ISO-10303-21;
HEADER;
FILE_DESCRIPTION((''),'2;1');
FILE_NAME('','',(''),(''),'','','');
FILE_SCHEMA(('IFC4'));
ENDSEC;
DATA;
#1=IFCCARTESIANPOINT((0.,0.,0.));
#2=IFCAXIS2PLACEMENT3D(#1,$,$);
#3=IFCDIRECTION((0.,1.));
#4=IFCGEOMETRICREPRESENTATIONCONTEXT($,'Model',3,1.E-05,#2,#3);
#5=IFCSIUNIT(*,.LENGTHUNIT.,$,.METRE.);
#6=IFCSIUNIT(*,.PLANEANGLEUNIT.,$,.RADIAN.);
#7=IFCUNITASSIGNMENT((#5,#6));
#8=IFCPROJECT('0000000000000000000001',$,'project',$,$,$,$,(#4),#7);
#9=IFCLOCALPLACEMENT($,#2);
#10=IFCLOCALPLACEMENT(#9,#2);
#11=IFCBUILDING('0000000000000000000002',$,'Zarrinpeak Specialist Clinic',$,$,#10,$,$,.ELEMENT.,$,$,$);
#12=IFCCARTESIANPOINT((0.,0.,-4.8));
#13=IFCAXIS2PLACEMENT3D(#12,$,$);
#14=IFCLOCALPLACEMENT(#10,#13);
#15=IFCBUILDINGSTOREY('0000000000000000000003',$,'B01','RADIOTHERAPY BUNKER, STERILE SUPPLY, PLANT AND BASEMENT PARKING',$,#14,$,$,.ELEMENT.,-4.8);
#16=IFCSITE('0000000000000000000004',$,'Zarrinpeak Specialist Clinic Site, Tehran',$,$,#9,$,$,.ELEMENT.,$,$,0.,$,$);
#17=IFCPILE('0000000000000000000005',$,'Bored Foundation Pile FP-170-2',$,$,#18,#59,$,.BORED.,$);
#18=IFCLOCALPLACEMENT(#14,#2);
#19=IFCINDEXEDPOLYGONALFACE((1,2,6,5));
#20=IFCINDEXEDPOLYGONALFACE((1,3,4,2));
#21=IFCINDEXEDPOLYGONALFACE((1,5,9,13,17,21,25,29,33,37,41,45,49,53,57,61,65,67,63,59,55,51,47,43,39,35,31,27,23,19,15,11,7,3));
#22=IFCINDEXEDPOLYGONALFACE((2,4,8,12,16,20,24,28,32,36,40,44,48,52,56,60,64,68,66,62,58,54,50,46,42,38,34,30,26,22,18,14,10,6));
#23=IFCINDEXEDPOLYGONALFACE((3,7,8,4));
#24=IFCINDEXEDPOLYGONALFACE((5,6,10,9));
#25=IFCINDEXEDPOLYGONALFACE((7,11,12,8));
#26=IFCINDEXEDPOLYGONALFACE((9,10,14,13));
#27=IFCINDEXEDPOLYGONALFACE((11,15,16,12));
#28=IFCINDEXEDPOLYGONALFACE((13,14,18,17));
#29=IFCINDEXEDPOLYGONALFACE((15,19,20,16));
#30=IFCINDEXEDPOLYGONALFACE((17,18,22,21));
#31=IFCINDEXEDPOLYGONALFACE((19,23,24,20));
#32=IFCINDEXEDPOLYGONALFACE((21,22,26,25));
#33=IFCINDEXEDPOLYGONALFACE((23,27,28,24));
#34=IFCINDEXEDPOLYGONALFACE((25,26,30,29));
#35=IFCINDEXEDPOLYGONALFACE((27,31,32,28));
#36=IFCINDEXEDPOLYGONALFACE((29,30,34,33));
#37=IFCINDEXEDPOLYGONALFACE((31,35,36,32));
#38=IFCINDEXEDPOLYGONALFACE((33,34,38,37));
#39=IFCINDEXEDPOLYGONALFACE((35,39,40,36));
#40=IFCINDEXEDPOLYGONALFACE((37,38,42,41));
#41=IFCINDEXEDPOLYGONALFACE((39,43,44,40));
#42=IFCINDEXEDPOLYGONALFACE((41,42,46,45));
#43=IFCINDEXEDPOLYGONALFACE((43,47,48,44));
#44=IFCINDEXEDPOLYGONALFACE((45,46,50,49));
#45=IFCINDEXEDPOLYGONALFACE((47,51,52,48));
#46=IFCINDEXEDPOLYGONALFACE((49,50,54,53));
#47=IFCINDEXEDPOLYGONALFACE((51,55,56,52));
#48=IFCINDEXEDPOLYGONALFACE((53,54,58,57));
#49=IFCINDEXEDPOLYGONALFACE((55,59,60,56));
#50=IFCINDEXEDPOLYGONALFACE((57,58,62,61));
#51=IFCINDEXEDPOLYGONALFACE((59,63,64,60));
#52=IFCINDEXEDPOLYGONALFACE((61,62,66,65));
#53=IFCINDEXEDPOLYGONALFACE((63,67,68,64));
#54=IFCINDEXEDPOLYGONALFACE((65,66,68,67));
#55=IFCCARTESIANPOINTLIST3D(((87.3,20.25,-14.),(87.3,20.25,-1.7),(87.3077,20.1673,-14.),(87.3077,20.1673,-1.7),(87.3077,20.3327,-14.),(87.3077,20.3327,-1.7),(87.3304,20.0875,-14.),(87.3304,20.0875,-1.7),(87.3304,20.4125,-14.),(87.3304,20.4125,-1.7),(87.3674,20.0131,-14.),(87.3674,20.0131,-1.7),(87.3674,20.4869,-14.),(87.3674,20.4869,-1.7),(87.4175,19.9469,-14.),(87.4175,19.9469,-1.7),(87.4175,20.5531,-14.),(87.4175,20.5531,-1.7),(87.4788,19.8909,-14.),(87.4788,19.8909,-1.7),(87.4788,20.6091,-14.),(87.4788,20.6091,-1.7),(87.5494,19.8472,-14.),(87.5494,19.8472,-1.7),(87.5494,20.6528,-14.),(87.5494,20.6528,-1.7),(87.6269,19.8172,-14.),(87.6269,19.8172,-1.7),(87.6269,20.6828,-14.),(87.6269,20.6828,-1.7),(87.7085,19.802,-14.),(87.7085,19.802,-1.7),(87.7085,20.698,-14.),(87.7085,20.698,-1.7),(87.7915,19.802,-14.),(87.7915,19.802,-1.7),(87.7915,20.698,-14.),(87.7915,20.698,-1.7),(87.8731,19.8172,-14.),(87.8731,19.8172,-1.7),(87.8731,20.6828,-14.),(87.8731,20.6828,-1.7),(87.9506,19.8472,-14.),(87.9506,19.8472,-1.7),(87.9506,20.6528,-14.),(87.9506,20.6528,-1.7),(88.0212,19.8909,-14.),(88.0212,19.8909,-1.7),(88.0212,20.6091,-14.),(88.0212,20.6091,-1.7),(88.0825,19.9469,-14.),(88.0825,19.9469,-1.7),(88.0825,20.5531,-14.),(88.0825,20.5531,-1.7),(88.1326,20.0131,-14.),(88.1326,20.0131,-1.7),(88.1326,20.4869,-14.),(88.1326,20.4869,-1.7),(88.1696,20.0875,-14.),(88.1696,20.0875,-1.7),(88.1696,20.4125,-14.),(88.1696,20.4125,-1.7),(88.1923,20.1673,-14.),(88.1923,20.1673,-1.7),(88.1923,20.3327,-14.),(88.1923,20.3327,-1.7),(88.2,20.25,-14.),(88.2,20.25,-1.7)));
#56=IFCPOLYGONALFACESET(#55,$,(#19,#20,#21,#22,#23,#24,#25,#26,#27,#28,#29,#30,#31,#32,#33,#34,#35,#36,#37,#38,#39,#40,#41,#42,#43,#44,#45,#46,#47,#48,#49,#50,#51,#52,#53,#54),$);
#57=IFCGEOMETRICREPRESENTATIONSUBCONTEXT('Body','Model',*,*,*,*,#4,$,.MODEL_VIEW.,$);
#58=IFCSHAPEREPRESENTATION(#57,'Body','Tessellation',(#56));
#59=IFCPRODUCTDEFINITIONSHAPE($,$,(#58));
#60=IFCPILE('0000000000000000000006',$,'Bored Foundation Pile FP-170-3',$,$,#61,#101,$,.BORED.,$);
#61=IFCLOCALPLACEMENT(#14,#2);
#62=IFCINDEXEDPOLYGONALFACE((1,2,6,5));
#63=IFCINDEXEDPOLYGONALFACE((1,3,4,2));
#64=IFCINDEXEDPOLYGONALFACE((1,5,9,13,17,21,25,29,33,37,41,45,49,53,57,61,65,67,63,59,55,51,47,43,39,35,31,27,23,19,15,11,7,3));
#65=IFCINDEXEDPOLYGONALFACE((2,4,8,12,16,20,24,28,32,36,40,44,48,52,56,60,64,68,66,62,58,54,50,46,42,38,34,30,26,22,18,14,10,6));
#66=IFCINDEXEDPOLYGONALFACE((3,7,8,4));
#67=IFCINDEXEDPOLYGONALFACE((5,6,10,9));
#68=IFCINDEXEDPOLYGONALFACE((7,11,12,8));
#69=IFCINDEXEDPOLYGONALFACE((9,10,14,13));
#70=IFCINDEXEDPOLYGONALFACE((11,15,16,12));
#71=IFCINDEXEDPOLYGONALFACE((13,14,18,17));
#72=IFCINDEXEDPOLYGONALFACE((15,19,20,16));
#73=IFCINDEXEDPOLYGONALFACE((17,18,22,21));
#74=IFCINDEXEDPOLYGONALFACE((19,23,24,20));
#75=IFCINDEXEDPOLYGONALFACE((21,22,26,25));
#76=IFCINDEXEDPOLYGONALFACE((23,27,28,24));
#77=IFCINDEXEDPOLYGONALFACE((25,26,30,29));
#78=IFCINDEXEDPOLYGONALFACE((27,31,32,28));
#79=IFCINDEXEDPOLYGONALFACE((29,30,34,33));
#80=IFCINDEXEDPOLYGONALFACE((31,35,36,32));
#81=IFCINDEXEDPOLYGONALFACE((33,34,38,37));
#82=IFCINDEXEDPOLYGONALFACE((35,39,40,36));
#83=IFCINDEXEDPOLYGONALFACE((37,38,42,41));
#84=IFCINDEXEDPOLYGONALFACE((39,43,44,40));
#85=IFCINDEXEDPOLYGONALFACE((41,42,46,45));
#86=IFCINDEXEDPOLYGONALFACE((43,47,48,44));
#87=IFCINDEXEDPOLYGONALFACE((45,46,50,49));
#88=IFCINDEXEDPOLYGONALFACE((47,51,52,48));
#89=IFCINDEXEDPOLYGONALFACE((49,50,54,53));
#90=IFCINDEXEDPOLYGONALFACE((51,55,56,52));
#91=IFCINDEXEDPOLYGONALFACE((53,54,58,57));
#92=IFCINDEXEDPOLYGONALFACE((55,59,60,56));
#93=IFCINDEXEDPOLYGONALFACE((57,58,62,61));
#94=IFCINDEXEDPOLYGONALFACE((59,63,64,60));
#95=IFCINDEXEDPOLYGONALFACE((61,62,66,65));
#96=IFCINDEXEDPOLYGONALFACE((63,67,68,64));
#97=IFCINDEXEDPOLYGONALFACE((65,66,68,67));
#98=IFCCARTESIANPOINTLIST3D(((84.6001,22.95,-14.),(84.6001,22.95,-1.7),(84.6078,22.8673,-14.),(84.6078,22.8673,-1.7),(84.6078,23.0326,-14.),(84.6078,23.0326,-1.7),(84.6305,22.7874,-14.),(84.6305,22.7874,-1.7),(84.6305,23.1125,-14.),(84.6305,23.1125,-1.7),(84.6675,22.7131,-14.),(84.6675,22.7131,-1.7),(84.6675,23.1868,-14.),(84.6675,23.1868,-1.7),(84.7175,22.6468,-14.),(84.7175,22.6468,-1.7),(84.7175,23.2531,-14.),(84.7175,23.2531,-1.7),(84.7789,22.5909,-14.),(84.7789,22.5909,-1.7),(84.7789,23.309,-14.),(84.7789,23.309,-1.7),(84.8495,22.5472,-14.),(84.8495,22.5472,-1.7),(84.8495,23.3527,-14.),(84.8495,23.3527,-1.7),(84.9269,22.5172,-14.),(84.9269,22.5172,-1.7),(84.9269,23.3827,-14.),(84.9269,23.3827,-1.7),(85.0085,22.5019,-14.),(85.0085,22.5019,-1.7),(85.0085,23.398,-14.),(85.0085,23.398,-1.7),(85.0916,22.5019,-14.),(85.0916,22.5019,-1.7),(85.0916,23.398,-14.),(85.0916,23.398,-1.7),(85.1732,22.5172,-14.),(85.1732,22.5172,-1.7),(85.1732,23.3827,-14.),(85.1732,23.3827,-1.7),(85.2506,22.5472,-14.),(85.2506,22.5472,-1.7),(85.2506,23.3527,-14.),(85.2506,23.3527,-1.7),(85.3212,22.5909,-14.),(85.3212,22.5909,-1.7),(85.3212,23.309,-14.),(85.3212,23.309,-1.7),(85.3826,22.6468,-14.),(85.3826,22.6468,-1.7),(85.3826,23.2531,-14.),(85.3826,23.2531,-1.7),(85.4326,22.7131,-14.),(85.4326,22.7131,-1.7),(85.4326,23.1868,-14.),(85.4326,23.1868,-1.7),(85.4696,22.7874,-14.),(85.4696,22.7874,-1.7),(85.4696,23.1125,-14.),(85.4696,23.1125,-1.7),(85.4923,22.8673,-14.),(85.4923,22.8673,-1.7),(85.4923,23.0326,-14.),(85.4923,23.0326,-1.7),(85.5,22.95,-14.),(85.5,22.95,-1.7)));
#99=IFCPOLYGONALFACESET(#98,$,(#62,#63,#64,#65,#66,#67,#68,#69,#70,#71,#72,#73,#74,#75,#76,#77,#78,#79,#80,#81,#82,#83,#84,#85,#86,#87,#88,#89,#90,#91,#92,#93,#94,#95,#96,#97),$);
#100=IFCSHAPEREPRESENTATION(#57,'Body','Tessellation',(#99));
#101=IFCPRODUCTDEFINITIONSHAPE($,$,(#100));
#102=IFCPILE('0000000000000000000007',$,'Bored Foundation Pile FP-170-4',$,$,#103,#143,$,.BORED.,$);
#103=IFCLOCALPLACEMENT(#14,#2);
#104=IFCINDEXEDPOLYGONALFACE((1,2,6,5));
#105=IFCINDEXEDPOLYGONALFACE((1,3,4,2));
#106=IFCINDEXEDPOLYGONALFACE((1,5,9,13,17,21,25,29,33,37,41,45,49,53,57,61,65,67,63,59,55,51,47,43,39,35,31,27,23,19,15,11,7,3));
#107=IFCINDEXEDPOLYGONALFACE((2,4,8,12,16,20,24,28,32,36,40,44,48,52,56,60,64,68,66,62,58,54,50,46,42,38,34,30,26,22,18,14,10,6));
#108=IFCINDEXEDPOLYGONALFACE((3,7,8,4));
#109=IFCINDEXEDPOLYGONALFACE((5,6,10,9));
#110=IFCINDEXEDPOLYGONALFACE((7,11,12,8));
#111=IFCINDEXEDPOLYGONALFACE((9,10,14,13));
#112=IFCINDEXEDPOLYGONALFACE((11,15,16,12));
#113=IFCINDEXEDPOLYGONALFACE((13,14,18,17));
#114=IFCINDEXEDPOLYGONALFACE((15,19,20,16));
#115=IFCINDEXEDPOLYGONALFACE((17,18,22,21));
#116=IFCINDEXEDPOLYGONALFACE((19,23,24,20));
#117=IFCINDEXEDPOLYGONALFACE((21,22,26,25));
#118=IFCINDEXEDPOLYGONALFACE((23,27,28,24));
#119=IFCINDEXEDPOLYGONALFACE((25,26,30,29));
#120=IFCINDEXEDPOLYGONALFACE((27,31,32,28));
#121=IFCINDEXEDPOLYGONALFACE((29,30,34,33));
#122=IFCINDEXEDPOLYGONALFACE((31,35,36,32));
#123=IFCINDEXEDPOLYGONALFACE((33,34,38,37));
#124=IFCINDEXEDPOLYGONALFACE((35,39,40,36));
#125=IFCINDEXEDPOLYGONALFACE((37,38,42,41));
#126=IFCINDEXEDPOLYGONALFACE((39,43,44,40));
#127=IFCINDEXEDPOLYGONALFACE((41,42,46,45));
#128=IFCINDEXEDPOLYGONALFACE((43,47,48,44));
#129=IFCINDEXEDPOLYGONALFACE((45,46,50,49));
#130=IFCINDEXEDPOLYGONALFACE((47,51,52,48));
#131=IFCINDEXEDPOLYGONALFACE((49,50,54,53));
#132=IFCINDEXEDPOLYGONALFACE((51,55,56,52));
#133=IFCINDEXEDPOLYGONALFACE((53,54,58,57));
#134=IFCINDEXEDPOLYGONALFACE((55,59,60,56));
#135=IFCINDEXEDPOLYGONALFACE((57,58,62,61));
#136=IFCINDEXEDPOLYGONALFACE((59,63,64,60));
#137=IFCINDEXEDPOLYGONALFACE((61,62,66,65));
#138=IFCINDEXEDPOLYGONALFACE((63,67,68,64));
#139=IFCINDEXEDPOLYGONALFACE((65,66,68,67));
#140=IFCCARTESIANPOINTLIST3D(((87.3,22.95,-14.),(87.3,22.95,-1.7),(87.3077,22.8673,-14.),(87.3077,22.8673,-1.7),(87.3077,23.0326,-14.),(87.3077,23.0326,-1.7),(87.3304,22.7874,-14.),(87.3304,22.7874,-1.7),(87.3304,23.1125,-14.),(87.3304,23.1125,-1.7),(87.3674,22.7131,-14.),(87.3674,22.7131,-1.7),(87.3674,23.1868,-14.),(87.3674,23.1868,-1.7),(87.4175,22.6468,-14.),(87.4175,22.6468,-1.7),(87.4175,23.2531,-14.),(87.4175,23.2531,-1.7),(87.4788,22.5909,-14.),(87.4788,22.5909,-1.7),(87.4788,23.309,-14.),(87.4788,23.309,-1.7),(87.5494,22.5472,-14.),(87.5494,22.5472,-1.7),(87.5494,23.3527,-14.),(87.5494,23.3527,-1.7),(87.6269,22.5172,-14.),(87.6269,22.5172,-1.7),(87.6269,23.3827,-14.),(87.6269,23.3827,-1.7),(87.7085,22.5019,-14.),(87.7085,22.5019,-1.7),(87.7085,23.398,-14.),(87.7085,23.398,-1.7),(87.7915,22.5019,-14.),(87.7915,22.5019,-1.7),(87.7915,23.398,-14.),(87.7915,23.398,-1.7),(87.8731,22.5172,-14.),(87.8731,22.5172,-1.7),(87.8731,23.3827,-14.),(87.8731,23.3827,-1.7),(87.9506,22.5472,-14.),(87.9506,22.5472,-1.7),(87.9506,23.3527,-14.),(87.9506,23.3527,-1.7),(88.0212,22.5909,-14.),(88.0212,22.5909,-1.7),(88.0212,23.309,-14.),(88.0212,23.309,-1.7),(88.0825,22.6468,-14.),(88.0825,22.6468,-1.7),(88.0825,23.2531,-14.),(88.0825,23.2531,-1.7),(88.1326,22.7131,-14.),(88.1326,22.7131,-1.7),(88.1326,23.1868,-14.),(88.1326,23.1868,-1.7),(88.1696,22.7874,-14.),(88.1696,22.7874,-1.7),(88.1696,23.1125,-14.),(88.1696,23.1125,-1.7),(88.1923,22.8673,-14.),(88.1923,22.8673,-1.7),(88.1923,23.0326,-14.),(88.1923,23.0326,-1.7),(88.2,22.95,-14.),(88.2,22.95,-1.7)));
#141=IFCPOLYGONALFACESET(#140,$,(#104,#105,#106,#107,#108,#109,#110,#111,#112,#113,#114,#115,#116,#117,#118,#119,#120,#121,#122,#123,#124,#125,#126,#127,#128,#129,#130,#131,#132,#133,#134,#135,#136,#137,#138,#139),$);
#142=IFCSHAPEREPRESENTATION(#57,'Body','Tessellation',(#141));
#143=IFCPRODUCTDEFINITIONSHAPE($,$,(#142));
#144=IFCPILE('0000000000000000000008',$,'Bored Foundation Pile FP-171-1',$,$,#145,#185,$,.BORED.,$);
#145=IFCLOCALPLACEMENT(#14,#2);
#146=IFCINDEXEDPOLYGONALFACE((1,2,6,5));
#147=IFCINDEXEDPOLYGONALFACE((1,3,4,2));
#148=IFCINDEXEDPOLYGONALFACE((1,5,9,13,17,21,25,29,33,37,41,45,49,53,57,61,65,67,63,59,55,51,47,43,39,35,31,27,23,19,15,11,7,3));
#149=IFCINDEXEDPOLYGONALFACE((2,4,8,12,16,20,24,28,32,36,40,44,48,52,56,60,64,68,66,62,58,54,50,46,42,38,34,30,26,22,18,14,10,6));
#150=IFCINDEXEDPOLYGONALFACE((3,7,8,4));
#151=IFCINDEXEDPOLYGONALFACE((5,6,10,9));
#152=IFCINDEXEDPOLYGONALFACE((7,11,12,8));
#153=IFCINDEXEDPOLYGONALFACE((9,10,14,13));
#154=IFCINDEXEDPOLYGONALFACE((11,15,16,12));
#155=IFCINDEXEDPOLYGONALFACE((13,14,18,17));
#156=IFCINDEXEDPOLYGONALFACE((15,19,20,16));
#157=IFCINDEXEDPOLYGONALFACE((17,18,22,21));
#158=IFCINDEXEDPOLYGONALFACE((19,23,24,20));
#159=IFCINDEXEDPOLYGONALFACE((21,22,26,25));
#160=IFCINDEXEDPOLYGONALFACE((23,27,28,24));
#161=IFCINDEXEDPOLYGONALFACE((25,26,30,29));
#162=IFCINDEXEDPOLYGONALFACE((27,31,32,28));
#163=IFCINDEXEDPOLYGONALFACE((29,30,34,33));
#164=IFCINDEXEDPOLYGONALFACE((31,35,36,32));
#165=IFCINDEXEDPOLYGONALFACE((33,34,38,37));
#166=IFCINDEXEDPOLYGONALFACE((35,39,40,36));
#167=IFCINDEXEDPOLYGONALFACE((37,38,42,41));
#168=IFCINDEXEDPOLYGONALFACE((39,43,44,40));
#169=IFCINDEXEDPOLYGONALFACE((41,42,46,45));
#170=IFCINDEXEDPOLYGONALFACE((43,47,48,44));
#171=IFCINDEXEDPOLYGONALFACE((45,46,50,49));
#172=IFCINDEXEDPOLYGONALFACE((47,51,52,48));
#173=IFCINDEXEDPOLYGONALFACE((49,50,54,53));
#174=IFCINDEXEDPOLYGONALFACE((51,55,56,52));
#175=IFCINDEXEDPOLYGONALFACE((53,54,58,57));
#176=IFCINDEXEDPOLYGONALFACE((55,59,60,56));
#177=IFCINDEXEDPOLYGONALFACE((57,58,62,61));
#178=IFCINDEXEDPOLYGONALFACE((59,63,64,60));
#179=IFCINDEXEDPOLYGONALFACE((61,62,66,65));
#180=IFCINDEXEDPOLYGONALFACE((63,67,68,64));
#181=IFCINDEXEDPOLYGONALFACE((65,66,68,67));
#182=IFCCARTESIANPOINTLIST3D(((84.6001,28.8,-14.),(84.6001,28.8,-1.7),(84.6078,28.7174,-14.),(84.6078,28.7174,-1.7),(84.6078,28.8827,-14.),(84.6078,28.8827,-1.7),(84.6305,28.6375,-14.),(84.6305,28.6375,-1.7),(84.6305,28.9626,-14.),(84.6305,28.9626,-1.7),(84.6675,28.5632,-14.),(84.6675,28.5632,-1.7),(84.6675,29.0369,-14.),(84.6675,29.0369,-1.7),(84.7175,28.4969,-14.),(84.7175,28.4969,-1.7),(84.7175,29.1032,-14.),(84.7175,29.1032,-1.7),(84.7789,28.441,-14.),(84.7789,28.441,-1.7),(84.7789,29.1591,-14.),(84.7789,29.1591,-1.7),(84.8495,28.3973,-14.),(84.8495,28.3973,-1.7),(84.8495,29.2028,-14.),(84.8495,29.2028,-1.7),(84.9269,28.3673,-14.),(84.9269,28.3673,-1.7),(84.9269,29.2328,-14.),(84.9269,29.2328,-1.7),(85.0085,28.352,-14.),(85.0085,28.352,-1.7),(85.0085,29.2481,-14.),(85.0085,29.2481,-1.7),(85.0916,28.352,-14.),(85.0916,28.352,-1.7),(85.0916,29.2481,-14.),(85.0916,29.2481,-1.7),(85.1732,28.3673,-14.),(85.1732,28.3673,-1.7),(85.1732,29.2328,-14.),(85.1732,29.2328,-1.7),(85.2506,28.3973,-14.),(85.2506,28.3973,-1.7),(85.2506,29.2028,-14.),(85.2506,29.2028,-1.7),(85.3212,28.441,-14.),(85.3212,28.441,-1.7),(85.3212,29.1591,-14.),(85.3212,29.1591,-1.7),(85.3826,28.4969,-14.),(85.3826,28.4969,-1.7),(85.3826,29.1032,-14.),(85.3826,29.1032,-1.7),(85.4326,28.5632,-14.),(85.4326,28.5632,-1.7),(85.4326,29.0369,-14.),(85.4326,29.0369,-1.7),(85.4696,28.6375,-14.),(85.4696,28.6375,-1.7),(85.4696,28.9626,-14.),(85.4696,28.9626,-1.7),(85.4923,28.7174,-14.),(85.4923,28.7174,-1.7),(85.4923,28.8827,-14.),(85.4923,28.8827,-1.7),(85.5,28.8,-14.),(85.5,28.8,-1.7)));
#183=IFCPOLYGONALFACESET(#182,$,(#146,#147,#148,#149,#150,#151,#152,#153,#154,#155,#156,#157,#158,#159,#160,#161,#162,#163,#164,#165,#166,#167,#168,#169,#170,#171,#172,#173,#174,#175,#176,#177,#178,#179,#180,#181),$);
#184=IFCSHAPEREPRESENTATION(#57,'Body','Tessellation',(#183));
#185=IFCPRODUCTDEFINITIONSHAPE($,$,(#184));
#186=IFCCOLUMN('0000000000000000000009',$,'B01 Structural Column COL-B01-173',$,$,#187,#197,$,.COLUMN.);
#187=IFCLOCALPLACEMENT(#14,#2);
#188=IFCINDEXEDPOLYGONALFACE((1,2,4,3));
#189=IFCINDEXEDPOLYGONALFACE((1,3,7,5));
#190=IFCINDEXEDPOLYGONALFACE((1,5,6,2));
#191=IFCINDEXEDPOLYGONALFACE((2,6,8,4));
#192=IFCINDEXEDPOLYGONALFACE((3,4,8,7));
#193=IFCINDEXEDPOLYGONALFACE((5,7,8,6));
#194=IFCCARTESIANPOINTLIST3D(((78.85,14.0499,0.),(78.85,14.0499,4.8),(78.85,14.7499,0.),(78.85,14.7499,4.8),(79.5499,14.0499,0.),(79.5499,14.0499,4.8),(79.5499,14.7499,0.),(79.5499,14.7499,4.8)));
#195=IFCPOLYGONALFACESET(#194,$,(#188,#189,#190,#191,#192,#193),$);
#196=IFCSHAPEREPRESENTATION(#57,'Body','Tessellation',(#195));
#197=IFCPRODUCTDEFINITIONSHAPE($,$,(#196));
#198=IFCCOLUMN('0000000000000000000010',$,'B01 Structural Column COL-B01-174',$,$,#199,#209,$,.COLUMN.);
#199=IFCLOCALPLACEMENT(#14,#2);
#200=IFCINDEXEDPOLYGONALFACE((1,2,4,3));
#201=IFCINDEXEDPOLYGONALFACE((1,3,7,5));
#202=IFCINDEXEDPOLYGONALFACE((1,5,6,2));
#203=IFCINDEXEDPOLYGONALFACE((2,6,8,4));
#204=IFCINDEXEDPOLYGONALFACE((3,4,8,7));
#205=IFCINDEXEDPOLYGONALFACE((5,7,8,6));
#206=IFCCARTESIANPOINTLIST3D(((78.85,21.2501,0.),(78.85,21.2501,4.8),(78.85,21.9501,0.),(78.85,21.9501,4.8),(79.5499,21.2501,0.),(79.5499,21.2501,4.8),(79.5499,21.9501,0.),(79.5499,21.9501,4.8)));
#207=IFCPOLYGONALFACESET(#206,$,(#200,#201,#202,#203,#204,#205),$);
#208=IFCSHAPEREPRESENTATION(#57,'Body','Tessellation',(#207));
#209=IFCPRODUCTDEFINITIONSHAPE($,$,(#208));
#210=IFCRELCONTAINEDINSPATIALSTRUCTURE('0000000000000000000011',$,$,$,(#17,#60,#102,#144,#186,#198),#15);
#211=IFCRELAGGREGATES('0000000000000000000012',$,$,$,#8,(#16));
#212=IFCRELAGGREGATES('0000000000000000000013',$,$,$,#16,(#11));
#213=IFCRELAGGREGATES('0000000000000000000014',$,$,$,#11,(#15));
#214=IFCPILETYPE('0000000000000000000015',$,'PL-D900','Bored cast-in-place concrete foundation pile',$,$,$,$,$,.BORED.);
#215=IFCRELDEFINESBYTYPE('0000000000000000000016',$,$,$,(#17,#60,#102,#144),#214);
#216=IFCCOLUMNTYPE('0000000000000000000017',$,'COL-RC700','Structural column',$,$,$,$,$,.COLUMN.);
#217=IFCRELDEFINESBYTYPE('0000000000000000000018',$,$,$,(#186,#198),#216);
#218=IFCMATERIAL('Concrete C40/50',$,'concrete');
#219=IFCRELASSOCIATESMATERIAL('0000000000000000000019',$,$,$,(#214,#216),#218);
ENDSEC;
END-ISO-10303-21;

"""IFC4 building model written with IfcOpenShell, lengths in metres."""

from ifc_helpers import new_model, si_unit, direction, frame, origin, origin_2d, place, context, subcontext, project, spatial, rectangle, circle, extrude, material, material_profile, profile_set, type_object, element, save


model = new_model("IFC4")

# Units and contexts
model_context = context("Model", 3, precision=1e-05, world=origin(), true_north=direction((0.0, 1.0)))
body_context = subcontext(model_context, "Body", "Model", "MODEL_VIEW")
ifc_project = project(units=[si_unit("LENGTHUNIT", "METRE"), si_unit("PLANEANGLEUNIT", "RADIAN")], contexts=[model_context])

# Site, building, storey
site_placement = place(None, origin())
site = spatial("IfcSite", under=ifc_project, at=site_placement, Name="Zarrinpeak Specialist Clinic Site, Tehran", CompositionType="ELEMENT", RefElevation=0.0)
building_placement = place(site_placement, origin())
building = spatial("IfcBuilding", under=site, at=building_placement, Name="Zarrinpeak Specialist Clinic", CompositionType="ELEMENT")
storey_placement = place(building_placement, frame((0.0, 0.0, -4.8)))
storey = spatial("IfcBuildingStorey", under=building, at=storey_placement, Name="B01", Description="RADIOTHERAPY BUNKER, STERILE SUPPLY, PLANT AND BASEMENT PARKING", CompositionType="ELEMENT", Elevation=-4.8)

# Shared definitions
ifc_material_1 = material(Name="Concrete C40/50", Category="concrete")

# Piles
ifc_material_profile_1 = material_profile(ifc_material_1, circle(Radius=0.45, at=origin_2d()), Name="BORED PILE D900")
ifc_profile_set_1 = profile_set([ifc_material_profile_1], Name="Concrete C40/50")
pile_type = type_object("IfcPileType", Name="PL-D900", Description="Bored cast-in-place concrete foundation pile", PredefinedType="BORED", material=ifc_profile_set_1)
for number, where, z_axis, x_axis, name in (
    (1, (87.75, 20.25, -1.7), (0.0, 0.0, -1.0), (1.0, 0.0, 0.0), "Bored Foundation Pile FP-170-2"),
    (2, (85.05, 22.95, -1.7), (0.0, 0.0, -1.0), (1.0, 0.0, 0.0), "Bored Foundation Pile FP-170-3"),
    (3, (87.75, 22.95, -1.7), (0.0, 0.0, -1.0), (1.0, 0.0, 0.0), "Bored Foundation Pile FP-170-4"),
    (4, (85.05, 28.8, -1.7), (0.0, 0.0, -1.0), (1.0, 0.0, 0.0), "Bored Foundation Pile FP-171-1"),
):
    element("IfcPile", number, at=place(storey_placement, frame(where, z_axis=z_axis, x_axis=x_axis)), inside=storey, type_object=pile_type, Name=name, PredefinedType="BORED", context=body_context, shape_type="SweptSolid", body=[
        extrude(circle(Radius=0.45, at=origin_2d()), origin(), (0.0, 0.0, 1.0), 12.3),
    ])

# Columns
ifc_material_profile_2 = material_profile(ifc_material_1, rectangle(XDim=0.7, YDim=0.7, at=origin_2d()), Name="RC 700x700")
ifc_profile_set_2 = profile_set([ifc_material_profile_2], Name="Concrete C40/50")
column_type = type_object("IfcColumnType", Name="COL-RC700", Description="Structural column", PredefinedType="COLUMN", material=ifc_profile_set_2)
for number, where, z_axis, x_axis, name in (
    (5, (79.2, 14.3999, 0.0), (0.0, 0.0, 1.0), (1.0, 0.0, 0.0), "B01 Structural Column COL-B01-173"),
    (6, (79.2, 21.6001, 0.0), (0.0, 0.0, 1.0), (1.0, 0.0, 0.0), "B01 Structural Column COL-B01-174"),
):
    element("IfcColumn", number, at=place(storey_placement, frame(where, z_axis=z_axis, x_axis=x_axis)), inside=storey, type_object=column_type, Name=name, PredefinedType="COLUMN", context=body_context, shape_type="SweptSolid", body=[
        extrude(rectangle(XDim=0.7, YDim=0.7, at=origin_2d()), origin(), (0.0, 0.0, 1.0), 4.8),
    ])

save(model, "model.ifc")
